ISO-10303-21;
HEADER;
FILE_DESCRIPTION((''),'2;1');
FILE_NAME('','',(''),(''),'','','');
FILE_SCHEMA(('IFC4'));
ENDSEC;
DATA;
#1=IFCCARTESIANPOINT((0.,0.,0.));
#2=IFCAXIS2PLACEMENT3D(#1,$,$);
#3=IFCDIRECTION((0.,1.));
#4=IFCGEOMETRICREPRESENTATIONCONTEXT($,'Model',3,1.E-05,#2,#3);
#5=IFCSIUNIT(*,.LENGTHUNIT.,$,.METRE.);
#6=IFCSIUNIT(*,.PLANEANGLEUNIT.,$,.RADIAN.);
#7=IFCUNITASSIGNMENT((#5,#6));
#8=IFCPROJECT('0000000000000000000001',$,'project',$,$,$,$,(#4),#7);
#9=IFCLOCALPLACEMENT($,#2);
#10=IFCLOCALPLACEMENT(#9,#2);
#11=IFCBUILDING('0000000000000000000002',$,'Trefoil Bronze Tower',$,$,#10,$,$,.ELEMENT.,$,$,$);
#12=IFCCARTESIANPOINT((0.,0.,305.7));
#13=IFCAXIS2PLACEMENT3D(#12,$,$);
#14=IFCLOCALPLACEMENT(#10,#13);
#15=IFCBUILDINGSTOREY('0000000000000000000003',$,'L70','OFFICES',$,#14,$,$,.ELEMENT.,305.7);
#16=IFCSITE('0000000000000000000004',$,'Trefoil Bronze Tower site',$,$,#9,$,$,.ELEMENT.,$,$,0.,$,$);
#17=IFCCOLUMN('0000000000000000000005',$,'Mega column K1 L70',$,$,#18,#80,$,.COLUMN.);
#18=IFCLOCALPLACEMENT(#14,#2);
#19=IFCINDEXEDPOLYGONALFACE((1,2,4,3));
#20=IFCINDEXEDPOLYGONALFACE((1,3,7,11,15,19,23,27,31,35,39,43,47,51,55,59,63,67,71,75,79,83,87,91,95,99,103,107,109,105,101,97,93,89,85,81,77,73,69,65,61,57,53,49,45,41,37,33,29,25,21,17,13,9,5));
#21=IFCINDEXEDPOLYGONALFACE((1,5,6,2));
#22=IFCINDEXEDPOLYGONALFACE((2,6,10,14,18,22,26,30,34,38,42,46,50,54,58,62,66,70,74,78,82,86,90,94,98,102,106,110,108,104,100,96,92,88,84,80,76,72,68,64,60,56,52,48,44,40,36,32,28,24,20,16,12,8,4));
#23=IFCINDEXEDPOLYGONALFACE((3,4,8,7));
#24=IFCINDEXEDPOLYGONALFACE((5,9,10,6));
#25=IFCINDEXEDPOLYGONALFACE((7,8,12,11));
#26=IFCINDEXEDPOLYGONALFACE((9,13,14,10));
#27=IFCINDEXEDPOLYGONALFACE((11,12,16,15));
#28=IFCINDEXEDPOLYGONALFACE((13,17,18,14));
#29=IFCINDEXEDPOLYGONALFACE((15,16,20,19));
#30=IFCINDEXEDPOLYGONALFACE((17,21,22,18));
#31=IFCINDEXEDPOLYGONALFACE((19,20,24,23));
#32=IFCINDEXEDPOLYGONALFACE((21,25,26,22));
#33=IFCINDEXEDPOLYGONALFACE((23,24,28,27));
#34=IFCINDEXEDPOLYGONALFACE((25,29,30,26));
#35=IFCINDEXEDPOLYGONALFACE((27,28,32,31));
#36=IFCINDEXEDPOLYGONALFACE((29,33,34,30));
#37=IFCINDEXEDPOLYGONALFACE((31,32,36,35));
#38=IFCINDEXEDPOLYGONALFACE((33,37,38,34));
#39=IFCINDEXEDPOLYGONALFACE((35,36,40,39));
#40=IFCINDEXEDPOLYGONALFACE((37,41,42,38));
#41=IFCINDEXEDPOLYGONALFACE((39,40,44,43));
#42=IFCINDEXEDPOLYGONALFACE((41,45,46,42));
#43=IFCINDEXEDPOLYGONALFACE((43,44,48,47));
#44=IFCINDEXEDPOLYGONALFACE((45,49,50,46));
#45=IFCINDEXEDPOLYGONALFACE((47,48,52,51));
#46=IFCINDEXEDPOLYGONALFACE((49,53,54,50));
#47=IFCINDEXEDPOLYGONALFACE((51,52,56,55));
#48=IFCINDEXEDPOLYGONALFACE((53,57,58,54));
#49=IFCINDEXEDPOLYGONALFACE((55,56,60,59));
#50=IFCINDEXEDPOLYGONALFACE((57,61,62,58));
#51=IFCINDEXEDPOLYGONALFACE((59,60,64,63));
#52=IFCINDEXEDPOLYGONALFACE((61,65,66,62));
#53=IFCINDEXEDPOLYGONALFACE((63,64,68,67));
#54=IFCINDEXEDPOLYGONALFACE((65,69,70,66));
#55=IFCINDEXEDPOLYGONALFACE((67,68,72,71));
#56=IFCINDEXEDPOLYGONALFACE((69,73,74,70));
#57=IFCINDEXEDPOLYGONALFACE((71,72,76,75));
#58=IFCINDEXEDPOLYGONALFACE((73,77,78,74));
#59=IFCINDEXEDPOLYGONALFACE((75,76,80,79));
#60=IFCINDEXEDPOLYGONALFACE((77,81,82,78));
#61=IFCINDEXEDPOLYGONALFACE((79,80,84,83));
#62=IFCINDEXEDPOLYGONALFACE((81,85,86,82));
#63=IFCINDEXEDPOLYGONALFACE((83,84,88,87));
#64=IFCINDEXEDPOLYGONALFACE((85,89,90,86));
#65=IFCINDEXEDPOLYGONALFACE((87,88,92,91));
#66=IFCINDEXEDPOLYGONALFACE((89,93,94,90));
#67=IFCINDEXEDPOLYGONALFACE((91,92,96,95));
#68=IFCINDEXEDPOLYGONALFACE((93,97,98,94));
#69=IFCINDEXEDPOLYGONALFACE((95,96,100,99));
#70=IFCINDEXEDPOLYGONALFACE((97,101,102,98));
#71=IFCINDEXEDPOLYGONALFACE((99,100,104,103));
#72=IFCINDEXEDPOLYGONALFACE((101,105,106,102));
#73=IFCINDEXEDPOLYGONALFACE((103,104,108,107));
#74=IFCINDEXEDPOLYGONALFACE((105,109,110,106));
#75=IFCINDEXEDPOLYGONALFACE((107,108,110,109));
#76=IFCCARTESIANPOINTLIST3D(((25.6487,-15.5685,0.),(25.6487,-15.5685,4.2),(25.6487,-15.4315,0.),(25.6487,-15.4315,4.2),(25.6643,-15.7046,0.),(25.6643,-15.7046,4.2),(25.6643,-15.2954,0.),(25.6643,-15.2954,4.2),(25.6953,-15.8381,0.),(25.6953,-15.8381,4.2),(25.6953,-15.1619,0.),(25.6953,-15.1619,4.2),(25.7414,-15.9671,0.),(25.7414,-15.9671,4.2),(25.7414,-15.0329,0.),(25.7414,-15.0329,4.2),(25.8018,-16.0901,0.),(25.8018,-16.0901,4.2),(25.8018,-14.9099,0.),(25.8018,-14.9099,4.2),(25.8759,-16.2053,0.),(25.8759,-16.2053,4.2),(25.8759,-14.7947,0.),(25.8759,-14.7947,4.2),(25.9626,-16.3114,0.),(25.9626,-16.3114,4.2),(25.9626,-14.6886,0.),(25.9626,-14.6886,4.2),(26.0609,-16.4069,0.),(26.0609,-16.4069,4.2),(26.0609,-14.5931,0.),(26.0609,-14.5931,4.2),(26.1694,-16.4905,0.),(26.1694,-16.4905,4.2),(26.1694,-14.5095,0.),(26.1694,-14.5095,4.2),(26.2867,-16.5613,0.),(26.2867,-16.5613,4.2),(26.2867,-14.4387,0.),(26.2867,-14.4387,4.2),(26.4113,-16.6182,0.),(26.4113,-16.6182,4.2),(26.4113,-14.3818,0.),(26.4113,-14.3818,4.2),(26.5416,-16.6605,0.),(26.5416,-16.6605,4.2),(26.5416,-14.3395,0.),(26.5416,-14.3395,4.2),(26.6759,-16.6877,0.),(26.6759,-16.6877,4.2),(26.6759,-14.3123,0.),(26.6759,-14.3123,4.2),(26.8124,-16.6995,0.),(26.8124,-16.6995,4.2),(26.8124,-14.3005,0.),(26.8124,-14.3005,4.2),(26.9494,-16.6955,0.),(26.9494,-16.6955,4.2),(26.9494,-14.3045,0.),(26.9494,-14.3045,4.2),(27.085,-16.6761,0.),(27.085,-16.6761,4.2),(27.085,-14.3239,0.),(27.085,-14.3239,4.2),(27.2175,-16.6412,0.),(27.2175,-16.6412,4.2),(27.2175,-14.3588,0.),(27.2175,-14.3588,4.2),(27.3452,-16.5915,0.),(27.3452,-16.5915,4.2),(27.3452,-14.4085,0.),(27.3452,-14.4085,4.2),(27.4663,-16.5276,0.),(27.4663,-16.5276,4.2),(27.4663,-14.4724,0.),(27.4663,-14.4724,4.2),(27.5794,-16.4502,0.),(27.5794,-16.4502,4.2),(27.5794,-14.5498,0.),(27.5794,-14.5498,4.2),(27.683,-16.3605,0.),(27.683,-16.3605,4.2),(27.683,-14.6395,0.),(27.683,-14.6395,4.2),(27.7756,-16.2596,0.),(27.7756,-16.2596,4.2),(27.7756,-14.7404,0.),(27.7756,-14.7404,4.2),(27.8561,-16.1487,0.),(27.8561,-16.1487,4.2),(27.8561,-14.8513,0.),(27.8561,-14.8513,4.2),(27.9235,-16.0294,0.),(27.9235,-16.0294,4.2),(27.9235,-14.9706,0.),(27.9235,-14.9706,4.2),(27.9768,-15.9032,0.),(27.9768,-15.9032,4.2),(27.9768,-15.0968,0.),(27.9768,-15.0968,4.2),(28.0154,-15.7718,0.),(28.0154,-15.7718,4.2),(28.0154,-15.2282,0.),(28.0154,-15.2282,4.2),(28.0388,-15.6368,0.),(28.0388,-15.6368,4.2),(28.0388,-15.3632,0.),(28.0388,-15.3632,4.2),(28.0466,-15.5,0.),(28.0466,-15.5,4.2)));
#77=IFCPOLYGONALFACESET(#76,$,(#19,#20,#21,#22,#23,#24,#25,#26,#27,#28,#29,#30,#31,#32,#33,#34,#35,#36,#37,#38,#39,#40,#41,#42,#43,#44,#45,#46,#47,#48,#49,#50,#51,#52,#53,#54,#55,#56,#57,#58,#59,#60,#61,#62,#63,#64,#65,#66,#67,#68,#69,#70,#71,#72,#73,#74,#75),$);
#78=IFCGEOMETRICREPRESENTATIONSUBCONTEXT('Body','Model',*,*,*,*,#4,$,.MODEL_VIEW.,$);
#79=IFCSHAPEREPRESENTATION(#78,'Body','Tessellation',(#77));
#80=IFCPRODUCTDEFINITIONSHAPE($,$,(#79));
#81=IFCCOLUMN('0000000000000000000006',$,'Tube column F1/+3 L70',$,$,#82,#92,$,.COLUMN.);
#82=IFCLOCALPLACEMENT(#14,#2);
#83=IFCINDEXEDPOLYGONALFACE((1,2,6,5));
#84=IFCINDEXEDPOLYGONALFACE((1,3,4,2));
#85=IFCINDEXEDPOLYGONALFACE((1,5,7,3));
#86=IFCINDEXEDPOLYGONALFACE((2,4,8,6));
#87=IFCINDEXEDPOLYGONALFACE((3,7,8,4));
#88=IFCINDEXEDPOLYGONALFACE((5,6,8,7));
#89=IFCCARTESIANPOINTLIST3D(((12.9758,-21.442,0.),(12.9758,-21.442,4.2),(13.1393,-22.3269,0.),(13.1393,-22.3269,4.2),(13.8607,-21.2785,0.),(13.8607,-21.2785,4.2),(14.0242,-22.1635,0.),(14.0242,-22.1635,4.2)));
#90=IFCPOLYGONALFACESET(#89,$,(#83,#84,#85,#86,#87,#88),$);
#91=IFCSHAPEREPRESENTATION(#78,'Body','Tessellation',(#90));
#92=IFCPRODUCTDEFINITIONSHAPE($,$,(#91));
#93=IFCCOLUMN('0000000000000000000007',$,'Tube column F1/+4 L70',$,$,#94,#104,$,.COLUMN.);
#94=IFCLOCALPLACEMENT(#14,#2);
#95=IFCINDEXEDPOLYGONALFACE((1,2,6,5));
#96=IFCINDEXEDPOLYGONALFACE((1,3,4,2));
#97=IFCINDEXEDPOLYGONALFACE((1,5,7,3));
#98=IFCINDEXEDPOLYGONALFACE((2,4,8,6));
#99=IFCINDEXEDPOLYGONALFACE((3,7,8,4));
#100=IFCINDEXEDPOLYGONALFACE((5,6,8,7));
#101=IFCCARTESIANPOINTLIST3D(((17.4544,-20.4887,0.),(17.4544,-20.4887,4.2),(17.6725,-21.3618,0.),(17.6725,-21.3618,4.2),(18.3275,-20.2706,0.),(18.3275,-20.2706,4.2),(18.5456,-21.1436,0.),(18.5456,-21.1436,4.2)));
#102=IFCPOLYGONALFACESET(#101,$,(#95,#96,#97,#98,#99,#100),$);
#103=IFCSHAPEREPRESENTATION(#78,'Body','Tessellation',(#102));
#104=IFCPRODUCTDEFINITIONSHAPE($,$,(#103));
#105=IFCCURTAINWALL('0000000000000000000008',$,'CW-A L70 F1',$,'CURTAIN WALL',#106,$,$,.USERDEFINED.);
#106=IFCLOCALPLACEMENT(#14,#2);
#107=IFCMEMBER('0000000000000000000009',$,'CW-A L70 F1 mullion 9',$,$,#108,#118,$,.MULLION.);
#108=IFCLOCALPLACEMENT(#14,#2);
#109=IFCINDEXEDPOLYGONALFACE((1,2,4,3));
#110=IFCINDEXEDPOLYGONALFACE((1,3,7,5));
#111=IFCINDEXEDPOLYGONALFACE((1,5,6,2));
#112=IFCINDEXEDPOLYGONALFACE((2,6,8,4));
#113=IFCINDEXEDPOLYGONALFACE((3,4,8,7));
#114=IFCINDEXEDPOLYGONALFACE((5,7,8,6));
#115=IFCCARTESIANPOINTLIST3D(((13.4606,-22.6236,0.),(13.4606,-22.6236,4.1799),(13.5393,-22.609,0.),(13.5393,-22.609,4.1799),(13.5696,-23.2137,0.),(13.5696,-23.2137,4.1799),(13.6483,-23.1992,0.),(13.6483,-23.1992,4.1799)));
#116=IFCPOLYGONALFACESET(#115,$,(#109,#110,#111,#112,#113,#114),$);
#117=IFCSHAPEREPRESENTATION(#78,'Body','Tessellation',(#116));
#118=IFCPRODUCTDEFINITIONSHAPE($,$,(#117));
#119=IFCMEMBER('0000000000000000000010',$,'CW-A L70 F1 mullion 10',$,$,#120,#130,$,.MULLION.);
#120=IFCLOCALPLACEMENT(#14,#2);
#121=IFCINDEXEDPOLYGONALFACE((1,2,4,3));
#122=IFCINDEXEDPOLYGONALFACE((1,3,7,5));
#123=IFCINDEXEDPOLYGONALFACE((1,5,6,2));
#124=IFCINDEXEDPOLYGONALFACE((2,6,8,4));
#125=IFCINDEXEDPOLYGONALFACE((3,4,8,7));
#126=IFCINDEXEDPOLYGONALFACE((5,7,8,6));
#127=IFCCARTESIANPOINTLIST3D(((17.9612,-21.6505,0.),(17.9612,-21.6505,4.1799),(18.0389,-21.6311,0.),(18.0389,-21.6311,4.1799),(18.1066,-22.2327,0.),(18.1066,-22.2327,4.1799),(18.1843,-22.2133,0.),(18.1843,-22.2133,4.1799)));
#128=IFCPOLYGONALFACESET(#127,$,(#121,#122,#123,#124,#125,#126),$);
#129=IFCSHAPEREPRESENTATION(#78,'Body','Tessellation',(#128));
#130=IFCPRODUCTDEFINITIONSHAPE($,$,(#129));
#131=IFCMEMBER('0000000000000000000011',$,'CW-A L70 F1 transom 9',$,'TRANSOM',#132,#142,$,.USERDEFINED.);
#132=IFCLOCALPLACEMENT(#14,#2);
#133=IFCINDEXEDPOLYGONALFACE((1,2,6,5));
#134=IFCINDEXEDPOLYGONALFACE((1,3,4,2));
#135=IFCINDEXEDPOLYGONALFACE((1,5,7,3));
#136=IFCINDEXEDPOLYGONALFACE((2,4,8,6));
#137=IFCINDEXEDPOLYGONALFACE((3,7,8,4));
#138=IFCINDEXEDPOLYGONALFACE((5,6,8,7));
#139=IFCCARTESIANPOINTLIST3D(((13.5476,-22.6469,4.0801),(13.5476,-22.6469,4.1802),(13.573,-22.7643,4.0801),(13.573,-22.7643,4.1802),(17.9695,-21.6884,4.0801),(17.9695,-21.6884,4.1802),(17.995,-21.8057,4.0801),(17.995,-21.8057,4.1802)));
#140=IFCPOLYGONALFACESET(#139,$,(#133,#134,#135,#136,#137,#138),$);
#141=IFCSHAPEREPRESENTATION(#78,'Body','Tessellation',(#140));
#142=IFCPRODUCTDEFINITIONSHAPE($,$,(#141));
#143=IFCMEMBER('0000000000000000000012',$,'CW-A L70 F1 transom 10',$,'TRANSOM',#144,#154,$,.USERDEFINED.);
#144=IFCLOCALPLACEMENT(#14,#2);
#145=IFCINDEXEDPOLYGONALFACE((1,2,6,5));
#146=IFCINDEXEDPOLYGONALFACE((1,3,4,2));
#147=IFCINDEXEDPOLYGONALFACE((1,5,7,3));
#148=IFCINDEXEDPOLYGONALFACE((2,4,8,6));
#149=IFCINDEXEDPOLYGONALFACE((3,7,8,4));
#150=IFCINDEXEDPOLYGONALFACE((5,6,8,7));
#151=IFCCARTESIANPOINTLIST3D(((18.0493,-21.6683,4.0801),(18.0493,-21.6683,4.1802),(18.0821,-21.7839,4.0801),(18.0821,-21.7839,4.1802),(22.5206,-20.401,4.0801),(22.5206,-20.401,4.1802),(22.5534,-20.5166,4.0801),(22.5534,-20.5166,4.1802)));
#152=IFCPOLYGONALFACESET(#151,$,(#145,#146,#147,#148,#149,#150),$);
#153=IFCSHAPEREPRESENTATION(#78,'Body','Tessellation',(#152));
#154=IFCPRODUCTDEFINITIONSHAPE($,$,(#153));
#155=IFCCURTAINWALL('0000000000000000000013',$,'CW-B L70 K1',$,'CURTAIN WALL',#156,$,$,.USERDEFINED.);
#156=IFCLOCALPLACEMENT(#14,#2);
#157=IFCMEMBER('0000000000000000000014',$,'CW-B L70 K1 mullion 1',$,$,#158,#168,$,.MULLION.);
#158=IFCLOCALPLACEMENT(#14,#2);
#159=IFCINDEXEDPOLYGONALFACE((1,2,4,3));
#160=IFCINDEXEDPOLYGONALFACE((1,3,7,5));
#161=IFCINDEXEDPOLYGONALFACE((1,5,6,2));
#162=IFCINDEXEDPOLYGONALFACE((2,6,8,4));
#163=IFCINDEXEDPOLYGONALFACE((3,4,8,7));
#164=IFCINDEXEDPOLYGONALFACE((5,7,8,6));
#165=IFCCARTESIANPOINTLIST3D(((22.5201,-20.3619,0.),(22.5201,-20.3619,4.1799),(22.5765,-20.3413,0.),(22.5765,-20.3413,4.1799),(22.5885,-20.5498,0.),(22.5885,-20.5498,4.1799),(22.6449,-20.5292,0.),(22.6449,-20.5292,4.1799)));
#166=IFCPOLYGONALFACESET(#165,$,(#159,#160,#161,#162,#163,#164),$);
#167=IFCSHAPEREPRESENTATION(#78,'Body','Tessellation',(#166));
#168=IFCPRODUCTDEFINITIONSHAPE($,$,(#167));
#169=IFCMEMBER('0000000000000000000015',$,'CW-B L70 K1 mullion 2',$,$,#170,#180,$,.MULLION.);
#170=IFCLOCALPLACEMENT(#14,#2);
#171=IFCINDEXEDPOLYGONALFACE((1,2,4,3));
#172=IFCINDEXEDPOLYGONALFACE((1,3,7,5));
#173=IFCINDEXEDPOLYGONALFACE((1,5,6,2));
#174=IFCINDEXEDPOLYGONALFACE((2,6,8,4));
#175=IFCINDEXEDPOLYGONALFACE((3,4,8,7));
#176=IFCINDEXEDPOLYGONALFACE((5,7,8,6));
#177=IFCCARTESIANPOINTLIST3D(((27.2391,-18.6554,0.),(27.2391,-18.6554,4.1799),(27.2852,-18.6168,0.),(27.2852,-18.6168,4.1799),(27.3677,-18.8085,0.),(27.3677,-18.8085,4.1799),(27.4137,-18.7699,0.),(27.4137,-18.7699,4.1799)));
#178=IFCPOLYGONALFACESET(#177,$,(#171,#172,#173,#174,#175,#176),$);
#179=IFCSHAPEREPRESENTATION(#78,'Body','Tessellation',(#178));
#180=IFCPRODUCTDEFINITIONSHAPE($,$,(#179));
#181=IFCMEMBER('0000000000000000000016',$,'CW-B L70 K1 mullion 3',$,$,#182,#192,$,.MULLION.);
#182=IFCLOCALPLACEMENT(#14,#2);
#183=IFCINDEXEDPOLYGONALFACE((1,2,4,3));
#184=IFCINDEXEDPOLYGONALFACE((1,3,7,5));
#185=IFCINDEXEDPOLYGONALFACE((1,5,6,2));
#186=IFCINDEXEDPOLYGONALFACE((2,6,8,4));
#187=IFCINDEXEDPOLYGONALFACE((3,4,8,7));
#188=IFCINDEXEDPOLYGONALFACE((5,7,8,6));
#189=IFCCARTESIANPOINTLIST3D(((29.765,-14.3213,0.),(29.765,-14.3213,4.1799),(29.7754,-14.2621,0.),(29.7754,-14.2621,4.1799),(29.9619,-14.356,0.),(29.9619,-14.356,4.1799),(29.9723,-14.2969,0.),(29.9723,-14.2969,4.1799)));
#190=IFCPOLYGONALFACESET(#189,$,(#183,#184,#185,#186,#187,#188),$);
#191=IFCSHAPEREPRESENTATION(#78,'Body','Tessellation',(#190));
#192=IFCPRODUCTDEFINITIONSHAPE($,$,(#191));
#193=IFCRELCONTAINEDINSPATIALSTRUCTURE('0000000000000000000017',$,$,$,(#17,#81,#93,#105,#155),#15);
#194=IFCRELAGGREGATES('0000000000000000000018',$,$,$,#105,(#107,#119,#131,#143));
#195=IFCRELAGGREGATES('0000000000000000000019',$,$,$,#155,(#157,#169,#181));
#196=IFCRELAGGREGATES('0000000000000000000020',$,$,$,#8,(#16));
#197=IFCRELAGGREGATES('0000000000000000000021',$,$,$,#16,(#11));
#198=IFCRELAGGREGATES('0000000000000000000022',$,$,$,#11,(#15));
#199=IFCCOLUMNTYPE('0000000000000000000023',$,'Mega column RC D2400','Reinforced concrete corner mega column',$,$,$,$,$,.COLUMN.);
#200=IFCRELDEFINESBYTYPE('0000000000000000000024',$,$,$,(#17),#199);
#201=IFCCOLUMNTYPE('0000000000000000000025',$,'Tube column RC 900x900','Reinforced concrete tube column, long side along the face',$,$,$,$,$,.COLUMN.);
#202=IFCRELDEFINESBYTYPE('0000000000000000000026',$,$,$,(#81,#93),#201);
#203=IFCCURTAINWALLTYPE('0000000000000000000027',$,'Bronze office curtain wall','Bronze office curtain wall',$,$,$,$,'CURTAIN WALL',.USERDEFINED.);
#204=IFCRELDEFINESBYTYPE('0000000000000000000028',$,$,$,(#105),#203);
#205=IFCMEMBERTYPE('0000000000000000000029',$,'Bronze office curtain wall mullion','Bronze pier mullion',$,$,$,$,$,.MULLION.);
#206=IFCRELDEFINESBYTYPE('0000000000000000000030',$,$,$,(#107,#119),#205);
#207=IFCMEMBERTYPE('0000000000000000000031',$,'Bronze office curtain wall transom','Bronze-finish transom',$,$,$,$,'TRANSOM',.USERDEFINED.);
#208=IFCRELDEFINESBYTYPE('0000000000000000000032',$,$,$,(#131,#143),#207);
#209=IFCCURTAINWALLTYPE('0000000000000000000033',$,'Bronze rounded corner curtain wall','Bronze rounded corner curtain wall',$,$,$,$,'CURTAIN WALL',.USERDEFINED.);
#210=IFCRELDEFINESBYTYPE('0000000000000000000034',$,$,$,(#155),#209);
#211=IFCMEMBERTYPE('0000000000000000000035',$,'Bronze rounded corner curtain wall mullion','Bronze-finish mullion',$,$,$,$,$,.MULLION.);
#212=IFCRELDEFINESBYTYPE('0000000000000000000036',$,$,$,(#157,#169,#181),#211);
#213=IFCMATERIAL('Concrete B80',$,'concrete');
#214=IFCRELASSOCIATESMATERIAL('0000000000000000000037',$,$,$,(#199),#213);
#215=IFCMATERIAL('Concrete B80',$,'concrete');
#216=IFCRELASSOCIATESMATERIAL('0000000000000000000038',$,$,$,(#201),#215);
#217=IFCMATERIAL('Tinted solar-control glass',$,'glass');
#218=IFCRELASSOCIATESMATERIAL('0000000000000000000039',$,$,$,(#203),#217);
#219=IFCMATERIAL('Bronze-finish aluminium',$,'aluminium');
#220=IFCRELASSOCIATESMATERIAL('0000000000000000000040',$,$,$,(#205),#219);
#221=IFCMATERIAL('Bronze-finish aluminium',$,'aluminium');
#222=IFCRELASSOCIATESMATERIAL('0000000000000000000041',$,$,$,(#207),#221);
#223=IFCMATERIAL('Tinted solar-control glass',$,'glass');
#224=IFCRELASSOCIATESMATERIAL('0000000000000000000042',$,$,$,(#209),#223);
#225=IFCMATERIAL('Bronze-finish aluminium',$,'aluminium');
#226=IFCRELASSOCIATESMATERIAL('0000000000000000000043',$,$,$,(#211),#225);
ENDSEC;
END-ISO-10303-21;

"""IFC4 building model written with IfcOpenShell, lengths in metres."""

from ifc_helpers import new_model, si_unit, direction, frame, origin, origin_2d, place, context, subcontext, project, spatial, rectangle, circle, extrude, material, material_profile, profile_set, type_object, element, aggregate, save


model = new_model("IFC4")

# Units and contexts
model_context = context("Model", 3, precision=1e-05, world=origin(), true_north=direction((0.0, 1.0)))
body_context = subcontext(model_context, "Body", "Model", "MODEL_VIEW")
ifc_project = project(units=[si_unit("LENGTHUNIT", "METRE"), si_unit("PLANEANGLEUNIT", "RADIAN")], contexts=[model_context])

# Site, building, storey
site_placement = place(None, origin())
site = spatial("IfcSite", under=ifc_project, at=site_placement, Name="Trefoil Bronze Tower site", CompositionType="ELEMENT", RefElevation=0.0)
building_placement = place(site_placement, origin())
building = spatial("IfcBuilding", under=site, at=building_placement, Name="Trefoil Bronze Tower", CompositionType="ELEMENT")
storey_placement = place(building_placement, frame((0.0, 0.0, 305.7)))
storey = spatial("IfcBuildingStorey", under=building, at=storey_placement, Name="L70", Description="OFFICES", CompositionType="ELEMENT", Elevation=305.7)

# Columns
ifc_material_1 = material(Name="Concrete B80", Category="concrete")
ifc_material_profile_1 = material_profile(ifc_material_1, circle(Radius=1.2, at=origin_2d()), Name="RC D2400")
ifc_profile_set_1 = profile_set([ifc_material_profile_1], Name="Concrete B80")
column_type_1 = type_object("IfcColumnType", Name="Mega column RC D2400", Description="Reinforced concrete corner mega column", PredefinedType="COLUMN", material=ifc_profile_set_1)
column_placement = place(storey_placement, frame((26.8467, -15.5, 0.0), z_axis=(0.0, 0.0, 1.0), x_axis=(1.0, 0.0, 0.0)))
element("IfcColumn", 1, at=column_placement, inside=storey, type_object=column_type_1, Name="Mega column K1 L70", PredefinedType="COLUMN", context=body_context, shape_type="SweptSolid", body=[
    extrude(circle(Radius=1.2, at=origin_2d()), origin(), (0.0, 0.0, 1.0), 4.2),
])
ifc_material_2 = material(Name="Concrete B80", Category="concrete")
ifc_material_profile_2 = material_profile(ifc_material_2, rectangle(XDim=0.8999, YDim=0.8999, at=origin_2d()), Name="RC 900x900")
ifc_profile_set_2 = profile_set([ifc_material_profile_2], Name="Concrete B80")
column_type_2 = type_object("IfcColumnType", Name="Tube column RC 900x900", Description="Reinforced concrete tube column, long side along the face", PredefinedType="COLUMN", material=ifc_profile_set_2)
for number, where, z_axis, x_axis, name in (
    (2, (13.5, -21.8027, 0.0), (0.0, 0.0, 1.0), (0.98336, 0.181667, 0.0), "Tube column F1/+3 L70"),
    (3, (18.0, -20.8162, 0.0), (0.0, 0.0, 1.0), (0.970178, 0.242394, 0.0), "Tube column F1/+4 L70"),
):
    element("IfcColumn", number, at=place(storey_placement, frame(where, z_axis=z_axis, x_axis=x_axis)), inside=storey, type_object=column_type_2, Name=name, PredefinedType="COLUMN", context=body_context, shape_type="SweptSolid", body=[
        extrude(rectangle(XDim=0.8999, YDim=0.8999, at=origin_2d()), origin(), (0.0, 0.0, 1.0), 4.2),
    ])

# Curtain walls, members
ifc_material_3 = material(Name="Tinted solar-control glass", Category="glass")
curtain_wall_type_1 = type_object("IfcCurtainWallType", Name="Bronze office curtain wall", Description="Bronze office curtain wall", ElementType="CURTAIN WALL", PredefinedType="USERDEFINED", material=ifc_material_3)
curtain_wall_1_placement = place(storey_placement, origin())
curtain_wall_1 = element("IfcCurtainWall", 4, at=curtain_wall_1_placement, inside=storey, type_object=curtain_wall_type_1, Name="CW-A L70 F1", ObjectType="CURTAIN WALL", PredefinedType="USERDEFINED")
ifc_material_4 = material(Name="Bronze-finish aluminium", Category="aluminium")
ifc_material_profile_3 = material_profile(ifc_material_4, rectangle(XDim=0.6001, YDim=0.0801, at=origin_2d()), Name="CW-A mullion")
ifc_profile_set_3 = profile_set([ifc_material_profile_3], Name="Bronze-finish aluminium")
member_type_1 = type_object("IfcMemberType", Name="Bronze office curtain wall mullion", Description="Bronze pier mullion", PredefinedType="MULLION", material=ifc_profile_set_3)
member_1_placement = place(storey_placement, frame((13.5544, -22.9114, 0.0), z_axis=(0.0, 0.0, 1.0), x_axis=(-0.181667, 0.98336, 0.0)))
member_1 = element("IfcMember", 5, at=member_1_placement, type_object=member_type_1, Name="CW-A L70 F1 mullion 9", PredefinedType="MULLION", context=body_context, shape_type="SweptSolid", body=[
    extrude(rectangle(XDim=0.6001, YDim=0.0801, at=origin_2d()), origin(), (0.0, 0.0, 1.0), 4.1799),
])
member_2_placement = place(storey_placement, frame((18.0728, -21.9319, 0.0), z_axis=(0.0, 0.0, 1.0), x_axis=(-0.242394, 0.970178, 0.0)))
member_2 = element("IfcMember", 6, at=member_2_placement, type_object=member_type_1, Name="CW-A L70 F1 mullion 10", PredefinedType="MULLION", context=body_context, shape_type="SweptSolid", body=[
    extrude(rectangle(XDim=0.6001, YDim=0.0801, at=origin_2d()), origin(), (0.0, 0.0, 1.0), 4.1799),
])
ifc_material_5 = material(Name="Bronze-finish aluminium", Category="aluminium")
ifc_material_profile_4 = material_profile(ifc_material_5, rectangle(XDim=0.1201, YDim=0.1001, at=origin_2d()), Name="CW-A transom")
ifc_profile_set_4 = profile_set([ifc_material_profile_4], Name="Bronze-finish aluminium")
member_type_2 = type_object("IfcMemberType", Name="Bronze office curtain wall transom", Description="Bronze-finish transom", ElementType="TRANSOM", PredefinedType="USERDEFINED", material=ifc_profile_set_4)
member_3_placement = place(storey_placement, frame((13.5603, -22.7056, 4.1301), z_axis=(0.977304, 0.211843, 0.0), x_axis=(-0.211843, 0.977304, 0.0)))
member_3 = element("IfcMember", 7, at=member_3_placement, type_object=member_type_2, Name="CW-A L70 F1 transom 9", ObjectType="TRANSOM", PredefinedType="USERDEFINED", context=body_context, shape_type="SweptSolid", body=[
    extrude(rectangle(XDim=0.1201, YDim=0.1001, at=origin_2d()), origin(), (0.0, 0.0, 1.0), 4.5247),
])
member_4_placement = place(storey_placement, frame((18.0657, -21.7261, 4.1301), z_axis=(0.962103, 0.272688, 0.0), x_axis=(-0.272688, 0.962103, 0.0)))
member_4 = element("IfcMember", 8, at=member_4_placement, type_object=member_type_2, Name="CW-A L70 F1 transom 10", ObjectType="TRANSOM", PredefinedType="USERDEFINED", context=body_context, shape_type="SweptSolid", body=[
    extrude(rectangle(XDim=0.1201, YDim=0.1001, at=origin_2d()), origin(), (0.0, 0.0, 1.0), 4.6475),
])
ifc_material_6 = material(Name="Tinted solar-control glass", Category="glass")
curtain_wall_type_2 = type_object("IfcCurtainWallType", Name="Bronze rounded corner curtain wall", Description="Bronze rounded corner curtain wall", ElementType="CURTAIN WALL", PredefinedType="USERDEFINED", material=ifc_material_6)
curtain_wall_2_placement = place(storey_placement, origin())
curtain_wall_2 = element("IfcCurtainWall", 9, at=curtain_wall_2_placement, inside=storey, type_object=curtain_wall_type_2, Name="CW-B L70 K1", ObjectType="CURTAIN WALL", PredefinedType="USERDEFINED")
ifc_material_7 = material(Name="Bronze-finish aluminium", Category="aluminium")
ifc_material_profile_5 = material_profile(ifc_material_7, rectangle(XDim=0.2, YDim=0.0601, at=origin_2d()), Name="CW-B mullion")
ifc_profile_set_5 = profile_set([ifc_material_profile_5], Name="Bronze-finish aluminium")
member_type_3 = type_object("IfcMemberType", Name="Bronze rounded corner curtain wall mullion", Description="Bronze-finish mullion", PredefinedType="MULLION", material=ifc_profile_set_5)
member_5_placement = place(storey_placement, frame((22.5825, -20.4456, 0.0), z_axis=(0.0, 0.0, 1.0), x_axis=(-0.34202, 0.939693, 0.0)))
member_5 = element("IfcMember", 10, at=member_5_placement, type_object=member_type_3, Name="CW-B L70 K1 mullion 1", PredefinedType="MULLION", context=body_context, shape_type="SweptSolid", body=[
    extrude(rectangle(XDim=0.2, YDim=0.0601, at=origin_2d()), origin(), (0.0, 0.0, 1.0), 4.1799),
])
member_6_placement = place(storey_placement, frame((27.3264, -18.7126, 0.0), z_axis=(0.0, 0.0, 1.0), x_axis=(-0.642788, 0.766044, 0.0)))
member_6 = element("IfcMember", 11, at=member_6_placement, type_object=member_type_3, Name="CW-B L70 K1 mullion 2", PredefinedType="MULLION", context=body_context, shape_type="SweptSolid", body=[
    extrude(rectangle(XDim=0.2, YDim=0.0601, at=origin_2d()), origin(), (0.0, 0.0, 1.0), 4.1799),
])
member_7_placement = place(storey_placement, frame((29.8687, -14.3091, 0.0), z_axis=(0.0, 0.0, 1.0), x_axis=(-0.984808, 0.173648, 0.0)))
member_7 = element("IfcMember", 12, at=member_7_placement, type_object=member_type_3, Name="CW-B L70 K1 mullion 3", PredefinedType="MULLION", context=body_context, shape_type="SweptSolid", body=[
    extrude(rectangle(XDim=0.2, YDim=0.0601, at=origin_2d()), origin(), (0.0, 0.0, 1.0), 4.1799),
])

aggregate(curtain_wall_1, [member_1, member_2, member_3, member_4])
aggregate(curtain_wall_2, [member_5, member_6, member_7])

save(model, "model.ifc")
